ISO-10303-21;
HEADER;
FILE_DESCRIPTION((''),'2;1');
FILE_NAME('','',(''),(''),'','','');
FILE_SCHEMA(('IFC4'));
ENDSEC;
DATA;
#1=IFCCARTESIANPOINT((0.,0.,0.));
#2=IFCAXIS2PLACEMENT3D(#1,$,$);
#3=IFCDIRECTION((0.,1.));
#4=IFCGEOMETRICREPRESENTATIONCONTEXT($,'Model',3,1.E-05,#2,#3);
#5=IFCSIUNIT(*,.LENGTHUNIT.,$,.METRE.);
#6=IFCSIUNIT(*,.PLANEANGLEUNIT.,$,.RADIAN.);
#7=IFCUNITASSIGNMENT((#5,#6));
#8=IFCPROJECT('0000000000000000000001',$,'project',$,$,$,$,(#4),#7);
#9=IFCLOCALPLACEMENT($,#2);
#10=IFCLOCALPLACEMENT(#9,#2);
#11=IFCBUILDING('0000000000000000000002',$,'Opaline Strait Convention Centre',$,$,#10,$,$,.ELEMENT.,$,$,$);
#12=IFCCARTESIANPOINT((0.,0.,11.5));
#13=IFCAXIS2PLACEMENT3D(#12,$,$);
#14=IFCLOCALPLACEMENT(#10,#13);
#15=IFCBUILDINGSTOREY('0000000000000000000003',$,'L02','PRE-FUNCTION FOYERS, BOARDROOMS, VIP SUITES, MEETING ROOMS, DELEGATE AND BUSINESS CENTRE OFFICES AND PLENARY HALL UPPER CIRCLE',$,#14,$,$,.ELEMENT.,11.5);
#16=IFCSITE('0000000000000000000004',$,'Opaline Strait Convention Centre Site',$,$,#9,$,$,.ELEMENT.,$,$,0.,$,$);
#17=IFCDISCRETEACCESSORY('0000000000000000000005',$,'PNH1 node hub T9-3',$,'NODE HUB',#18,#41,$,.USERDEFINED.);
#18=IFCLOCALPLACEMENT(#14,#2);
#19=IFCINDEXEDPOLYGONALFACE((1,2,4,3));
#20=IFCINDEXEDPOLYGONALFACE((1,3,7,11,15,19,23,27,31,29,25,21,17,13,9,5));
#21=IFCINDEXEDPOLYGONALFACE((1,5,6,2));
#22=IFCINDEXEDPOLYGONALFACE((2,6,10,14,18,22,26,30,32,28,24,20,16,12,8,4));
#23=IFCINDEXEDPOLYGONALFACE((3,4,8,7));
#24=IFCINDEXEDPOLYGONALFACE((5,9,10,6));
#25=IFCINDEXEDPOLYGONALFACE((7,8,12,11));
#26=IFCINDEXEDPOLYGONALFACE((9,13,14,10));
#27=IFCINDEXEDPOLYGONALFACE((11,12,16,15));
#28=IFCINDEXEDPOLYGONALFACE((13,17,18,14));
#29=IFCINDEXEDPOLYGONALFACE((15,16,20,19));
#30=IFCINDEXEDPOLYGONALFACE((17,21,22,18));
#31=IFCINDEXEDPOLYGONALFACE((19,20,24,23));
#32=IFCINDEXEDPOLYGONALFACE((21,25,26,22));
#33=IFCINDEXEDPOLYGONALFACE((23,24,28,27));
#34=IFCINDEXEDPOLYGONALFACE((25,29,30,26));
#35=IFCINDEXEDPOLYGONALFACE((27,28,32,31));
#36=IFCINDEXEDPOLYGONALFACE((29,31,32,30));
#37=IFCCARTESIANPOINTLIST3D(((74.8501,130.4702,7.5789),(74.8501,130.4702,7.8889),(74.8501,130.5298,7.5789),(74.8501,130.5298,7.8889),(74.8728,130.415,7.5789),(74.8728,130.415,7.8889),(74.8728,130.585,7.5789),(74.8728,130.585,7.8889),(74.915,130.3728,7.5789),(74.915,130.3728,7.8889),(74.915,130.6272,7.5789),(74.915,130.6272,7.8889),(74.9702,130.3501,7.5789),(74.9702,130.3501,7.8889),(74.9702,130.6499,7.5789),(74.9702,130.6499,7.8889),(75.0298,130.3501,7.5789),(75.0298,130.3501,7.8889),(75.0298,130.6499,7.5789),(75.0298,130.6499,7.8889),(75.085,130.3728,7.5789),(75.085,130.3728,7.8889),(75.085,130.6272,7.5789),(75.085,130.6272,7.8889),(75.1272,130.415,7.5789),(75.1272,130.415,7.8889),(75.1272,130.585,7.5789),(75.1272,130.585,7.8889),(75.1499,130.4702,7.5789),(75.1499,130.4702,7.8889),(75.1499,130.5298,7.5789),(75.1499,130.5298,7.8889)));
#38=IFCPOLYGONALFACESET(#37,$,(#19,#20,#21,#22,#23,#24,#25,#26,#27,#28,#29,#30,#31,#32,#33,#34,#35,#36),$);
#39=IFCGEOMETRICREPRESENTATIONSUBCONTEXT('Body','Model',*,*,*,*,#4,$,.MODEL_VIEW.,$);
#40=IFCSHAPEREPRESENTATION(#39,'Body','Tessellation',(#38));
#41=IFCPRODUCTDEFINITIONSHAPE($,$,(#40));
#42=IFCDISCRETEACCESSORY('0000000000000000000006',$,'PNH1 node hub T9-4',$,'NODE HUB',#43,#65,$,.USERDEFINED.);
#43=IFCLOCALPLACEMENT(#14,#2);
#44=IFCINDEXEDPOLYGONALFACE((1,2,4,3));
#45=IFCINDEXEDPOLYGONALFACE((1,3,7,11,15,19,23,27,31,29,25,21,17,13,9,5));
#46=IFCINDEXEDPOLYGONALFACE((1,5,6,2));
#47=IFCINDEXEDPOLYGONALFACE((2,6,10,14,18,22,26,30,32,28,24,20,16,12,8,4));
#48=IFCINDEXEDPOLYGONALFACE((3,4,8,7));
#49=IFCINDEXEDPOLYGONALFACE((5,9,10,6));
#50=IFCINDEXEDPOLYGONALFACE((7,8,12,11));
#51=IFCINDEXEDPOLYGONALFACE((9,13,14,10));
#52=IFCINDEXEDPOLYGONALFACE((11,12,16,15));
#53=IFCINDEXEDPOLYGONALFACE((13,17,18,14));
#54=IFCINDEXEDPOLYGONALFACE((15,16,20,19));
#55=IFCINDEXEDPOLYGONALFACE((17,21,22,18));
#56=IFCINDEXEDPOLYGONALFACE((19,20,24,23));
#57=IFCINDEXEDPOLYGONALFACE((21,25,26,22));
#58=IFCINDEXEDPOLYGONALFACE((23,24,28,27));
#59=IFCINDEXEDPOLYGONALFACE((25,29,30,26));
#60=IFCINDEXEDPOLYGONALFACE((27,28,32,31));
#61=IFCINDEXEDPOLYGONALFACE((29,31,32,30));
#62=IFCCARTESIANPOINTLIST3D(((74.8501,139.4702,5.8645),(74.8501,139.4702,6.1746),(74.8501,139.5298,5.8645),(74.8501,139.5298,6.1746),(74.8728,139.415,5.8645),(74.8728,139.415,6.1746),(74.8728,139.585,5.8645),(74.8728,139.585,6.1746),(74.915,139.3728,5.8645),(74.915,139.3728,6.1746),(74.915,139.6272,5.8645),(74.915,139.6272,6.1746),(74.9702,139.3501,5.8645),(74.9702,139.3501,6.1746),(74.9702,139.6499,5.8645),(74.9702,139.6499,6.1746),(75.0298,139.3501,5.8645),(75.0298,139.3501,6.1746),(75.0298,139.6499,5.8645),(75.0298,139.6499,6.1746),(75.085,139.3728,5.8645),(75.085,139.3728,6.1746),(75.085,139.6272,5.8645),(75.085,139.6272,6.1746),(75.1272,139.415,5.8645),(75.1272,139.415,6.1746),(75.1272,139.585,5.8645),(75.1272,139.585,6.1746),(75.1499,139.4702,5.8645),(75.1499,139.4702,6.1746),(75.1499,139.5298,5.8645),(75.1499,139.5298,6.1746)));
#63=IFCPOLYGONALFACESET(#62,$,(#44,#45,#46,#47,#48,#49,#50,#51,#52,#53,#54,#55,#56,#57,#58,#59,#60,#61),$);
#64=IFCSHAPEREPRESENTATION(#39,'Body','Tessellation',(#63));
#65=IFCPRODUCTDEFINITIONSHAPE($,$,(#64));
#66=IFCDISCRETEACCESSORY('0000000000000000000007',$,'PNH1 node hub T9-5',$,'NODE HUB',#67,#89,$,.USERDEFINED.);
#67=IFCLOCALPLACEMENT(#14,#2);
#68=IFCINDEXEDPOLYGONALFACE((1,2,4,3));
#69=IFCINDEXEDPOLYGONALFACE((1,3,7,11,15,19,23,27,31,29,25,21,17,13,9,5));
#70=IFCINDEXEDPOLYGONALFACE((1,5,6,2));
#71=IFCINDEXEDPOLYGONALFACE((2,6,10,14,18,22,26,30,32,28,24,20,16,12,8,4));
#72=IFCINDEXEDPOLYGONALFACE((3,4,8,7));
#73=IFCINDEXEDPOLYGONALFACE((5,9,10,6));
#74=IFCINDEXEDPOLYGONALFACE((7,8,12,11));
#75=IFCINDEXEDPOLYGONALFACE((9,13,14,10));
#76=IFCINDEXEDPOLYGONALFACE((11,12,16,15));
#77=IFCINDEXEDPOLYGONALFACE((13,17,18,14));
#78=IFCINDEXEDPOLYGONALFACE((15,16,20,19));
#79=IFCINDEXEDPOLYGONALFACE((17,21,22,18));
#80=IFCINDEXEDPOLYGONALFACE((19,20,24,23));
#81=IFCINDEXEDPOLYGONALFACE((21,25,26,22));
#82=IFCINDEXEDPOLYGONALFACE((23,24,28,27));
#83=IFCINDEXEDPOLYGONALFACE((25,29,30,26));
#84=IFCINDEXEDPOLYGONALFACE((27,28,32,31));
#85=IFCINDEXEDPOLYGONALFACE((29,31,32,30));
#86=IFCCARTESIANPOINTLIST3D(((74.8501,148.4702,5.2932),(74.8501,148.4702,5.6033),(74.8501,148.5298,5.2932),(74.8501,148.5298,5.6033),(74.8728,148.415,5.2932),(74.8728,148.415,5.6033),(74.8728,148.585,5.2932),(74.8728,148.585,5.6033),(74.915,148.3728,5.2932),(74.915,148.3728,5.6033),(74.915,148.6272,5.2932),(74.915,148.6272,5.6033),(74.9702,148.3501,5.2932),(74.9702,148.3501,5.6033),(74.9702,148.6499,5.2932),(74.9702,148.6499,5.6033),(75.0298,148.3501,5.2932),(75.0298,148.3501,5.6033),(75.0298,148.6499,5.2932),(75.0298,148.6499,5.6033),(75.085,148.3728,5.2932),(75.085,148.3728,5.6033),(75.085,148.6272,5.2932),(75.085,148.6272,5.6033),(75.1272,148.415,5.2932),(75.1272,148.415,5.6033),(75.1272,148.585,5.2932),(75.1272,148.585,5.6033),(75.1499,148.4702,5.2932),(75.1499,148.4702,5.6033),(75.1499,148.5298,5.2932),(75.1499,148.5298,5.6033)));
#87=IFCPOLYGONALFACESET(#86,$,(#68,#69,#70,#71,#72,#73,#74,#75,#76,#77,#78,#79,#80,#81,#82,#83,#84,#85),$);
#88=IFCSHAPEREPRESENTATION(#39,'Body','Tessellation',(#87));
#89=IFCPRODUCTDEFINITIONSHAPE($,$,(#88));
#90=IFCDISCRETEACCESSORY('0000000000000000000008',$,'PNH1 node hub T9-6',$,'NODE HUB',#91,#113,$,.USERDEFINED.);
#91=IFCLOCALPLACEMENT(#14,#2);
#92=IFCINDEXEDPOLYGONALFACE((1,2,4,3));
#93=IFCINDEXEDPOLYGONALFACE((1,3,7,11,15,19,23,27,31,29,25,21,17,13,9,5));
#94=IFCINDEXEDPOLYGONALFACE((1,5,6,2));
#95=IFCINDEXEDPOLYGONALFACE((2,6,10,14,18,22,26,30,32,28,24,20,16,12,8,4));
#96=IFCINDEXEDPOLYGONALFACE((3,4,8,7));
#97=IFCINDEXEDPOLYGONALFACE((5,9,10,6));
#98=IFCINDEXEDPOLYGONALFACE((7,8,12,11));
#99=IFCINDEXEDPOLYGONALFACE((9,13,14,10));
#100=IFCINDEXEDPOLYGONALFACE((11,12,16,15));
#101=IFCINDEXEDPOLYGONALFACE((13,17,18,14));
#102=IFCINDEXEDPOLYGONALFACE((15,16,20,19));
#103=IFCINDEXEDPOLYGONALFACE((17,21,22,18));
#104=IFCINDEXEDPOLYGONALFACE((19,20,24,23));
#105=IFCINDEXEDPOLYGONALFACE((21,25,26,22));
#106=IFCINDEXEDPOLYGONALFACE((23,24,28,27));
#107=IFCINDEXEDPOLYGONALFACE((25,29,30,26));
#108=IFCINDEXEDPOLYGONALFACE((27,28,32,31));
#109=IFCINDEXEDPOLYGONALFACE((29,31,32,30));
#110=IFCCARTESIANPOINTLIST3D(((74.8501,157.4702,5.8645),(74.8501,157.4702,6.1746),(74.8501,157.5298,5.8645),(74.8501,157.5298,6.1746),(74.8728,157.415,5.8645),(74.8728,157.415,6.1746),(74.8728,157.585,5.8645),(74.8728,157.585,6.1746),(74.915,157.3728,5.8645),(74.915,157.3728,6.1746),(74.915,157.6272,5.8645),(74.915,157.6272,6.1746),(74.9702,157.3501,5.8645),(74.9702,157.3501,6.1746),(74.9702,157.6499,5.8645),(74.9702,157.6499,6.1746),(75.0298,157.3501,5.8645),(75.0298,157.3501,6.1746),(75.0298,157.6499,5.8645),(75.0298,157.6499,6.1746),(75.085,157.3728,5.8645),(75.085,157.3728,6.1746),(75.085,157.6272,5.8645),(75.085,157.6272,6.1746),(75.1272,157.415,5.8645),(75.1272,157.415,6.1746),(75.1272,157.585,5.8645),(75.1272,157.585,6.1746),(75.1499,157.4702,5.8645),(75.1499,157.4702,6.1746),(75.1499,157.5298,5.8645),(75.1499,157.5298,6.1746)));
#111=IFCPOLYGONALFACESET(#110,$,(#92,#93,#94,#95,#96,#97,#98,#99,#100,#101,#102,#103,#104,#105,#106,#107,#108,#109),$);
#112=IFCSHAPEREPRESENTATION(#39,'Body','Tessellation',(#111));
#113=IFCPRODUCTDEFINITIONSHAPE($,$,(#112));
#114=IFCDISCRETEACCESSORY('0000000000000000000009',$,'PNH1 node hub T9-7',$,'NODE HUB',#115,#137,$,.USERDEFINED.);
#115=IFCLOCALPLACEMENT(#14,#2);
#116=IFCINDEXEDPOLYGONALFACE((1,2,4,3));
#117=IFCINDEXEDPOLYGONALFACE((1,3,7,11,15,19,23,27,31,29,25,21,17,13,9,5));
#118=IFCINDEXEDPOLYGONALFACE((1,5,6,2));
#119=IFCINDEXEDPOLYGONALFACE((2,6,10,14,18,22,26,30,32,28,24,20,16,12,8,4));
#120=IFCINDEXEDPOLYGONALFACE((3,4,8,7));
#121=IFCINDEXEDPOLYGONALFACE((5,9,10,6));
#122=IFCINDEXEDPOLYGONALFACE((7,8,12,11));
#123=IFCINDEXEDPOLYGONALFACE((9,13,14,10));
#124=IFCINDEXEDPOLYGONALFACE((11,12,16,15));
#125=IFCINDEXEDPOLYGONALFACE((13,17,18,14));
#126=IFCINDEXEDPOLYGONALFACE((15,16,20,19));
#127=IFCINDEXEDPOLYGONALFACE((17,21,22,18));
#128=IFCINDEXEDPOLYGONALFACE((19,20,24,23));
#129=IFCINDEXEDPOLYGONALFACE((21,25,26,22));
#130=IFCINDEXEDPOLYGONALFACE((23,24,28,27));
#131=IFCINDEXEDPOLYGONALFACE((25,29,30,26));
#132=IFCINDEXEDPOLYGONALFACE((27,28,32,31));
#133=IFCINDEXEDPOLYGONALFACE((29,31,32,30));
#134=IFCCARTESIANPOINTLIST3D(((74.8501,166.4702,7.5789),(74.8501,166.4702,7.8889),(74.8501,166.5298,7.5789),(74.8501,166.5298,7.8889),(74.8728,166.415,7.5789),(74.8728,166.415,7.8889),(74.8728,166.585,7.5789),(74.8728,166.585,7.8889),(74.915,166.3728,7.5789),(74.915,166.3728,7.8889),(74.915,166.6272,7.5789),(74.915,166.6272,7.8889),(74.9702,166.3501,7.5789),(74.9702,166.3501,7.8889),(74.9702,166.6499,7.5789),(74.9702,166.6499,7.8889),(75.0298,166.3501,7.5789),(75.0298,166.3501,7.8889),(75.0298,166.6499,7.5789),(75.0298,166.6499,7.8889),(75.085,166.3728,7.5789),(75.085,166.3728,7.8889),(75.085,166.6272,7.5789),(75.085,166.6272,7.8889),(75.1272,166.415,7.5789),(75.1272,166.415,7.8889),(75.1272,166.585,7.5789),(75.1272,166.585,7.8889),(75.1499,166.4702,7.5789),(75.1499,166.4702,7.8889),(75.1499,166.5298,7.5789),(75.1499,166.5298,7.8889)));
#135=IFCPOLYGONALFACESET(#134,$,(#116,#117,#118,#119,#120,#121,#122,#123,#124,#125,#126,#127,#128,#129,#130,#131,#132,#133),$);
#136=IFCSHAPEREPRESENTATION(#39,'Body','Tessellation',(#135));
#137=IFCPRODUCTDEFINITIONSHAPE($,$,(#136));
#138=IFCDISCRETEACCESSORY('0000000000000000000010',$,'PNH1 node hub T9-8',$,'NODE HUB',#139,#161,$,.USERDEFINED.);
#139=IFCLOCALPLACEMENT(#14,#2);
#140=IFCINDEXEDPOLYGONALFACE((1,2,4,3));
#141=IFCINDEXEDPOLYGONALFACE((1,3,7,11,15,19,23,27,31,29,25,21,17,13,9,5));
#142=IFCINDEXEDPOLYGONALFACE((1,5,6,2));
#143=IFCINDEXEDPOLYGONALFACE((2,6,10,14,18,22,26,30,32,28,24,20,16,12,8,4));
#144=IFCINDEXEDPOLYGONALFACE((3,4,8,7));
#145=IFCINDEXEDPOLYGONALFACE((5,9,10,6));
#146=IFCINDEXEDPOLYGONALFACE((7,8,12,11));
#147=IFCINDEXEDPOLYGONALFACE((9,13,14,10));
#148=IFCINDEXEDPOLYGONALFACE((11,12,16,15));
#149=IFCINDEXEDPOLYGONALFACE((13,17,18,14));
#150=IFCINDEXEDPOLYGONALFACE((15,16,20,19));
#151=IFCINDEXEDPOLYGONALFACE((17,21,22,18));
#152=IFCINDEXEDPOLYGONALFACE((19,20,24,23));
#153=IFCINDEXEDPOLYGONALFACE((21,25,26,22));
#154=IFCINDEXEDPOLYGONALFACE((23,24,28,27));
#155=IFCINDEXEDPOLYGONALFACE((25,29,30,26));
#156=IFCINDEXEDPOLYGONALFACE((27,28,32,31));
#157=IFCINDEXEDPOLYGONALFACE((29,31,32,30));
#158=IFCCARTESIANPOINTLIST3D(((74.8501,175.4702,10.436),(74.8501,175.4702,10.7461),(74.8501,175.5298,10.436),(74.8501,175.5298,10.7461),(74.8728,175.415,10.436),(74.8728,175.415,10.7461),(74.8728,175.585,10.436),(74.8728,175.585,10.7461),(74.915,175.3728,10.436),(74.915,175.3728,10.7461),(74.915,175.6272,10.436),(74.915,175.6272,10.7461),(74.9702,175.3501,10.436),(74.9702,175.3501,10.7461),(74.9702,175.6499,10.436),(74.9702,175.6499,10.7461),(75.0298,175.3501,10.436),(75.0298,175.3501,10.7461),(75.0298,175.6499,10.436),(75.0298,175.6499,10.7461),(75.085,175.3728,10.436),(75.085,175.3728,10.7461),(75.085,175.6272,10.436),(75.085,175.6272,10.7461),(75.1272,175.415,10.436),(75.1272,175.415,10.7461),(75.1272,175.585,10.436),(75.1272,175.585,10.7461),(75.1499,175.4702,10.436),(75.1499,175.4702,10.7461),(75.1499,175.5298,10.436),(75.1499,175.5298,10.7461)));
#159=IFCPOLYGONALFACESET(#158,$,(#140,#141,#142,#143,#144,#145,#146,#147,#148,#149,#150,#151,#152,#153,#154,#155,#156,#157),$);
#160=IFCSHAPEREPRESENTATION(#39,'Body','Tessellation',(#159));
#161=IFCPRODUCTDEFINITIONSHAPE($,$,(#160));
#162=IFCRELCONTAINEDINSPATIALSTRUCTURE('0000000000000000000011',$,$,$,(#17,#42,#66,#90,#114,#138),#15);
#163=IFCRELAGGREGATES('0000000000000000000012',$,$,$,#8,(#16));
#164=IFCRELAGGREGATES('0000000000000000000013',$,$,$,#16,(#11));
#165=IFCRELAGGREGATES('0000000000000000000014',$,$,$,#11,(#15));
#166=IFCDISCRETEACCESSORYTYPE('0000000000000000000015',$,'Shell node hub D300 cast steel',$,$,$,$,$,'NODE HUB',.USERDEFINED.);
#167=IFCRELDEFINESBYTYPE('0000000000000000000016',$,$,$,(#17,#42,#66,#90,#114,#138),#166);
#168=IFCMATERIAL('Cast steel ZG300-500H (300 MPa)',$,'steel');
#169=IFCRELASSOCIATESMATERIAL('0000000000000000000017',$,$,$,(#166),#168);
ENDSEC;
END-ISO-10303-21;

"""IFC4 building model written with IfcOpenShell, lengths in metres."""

from ifc_helpers import new_model, si_unit, direction, frame, origin, place, context, subcontext, project, spatial, polyline, outline, extrude, material, type_object, element, save


model = new_model("IFC4")

# Units and contexts
model_context = context("Model", 3, precision=1e-05, world=origin(), true_north=direction((0.0, 1.0)))
body_context = subcontext(model_context, "Body", "Model", "MODEL_VIEW")
ifc_project = project(units=[si_unit("LENGTHUNIT", "METRE"), si_unit("PLANEANGLEUNIT", "RADIAN")], contexts=[model_context])

# Site, building, storey
site_placement = place(None, origin())
site = spatial("IfcSite", under=ifc_project, at=site_placement, Name="Opaline Strait Convention Centre Site", CompositionType="ELEMENT", RefElevation=0.0)
building_placement = place(site_placement, origin())
building = spatial("IfcBuilding", under=site, at=building_placement, Name="Opaline Strait Convention Centre", CompositionType="ELEMENT")
storey_placement = place(building_placement, frame((0.0, 0.0, 11.5)))
storey = spatial("IfcBuildingStorey", under=building, at=storey_placement, Name="L02", Description="PRE-FUNCTION FOYERS, BOARDROOMS, VIP SUITES, MEETING ROOMS, DELEGATE AND BUSINESS CENTRE OFFICES AND PLENARY HALL UPPER CIRCLE", CompositionType="ELEMENT", Elevation=11.5)

# Discrete accessories
ifc_material_1 = material(Name="Cast steel ZG300-500H (300 MPa)", Category="steel")
discrete_accessory_type = type_object("IfcDiscreteAccessoryType", Name="Shell node hub D300 cast steel", ElementType="NODE HUB", PredefinedType="USERDEFINED", material=ifc_material_1)
discrete_accessory_1_placement = place(storey_placement, frame((0.0, 0.0, 7.5789)))
element("IfcDiscreteAccessory", 1, at=discrete_accessory_1_placement, inside=storey, type_object=discrete_accessory_type, Name="PNH1 node hub T9-3", ObjectType="NODE HUB", PredefinedType="USERDEFINED", context=body_context, shape_type="SweptSolid", body=[
    extrude(outline(polyline([(75.1499, 130.5298), (75.1272, 130.585), (75.085, 130.6272), (75.0298, 130.6499), (74.9702, 130.6499), (74.915, 130.6272), (74.8728, 130.585), (74.8501, 130.5298), (74.8501, 130.4702), (74.8728, 130.415), (74.915, 130.3728), (74.9702, 130.3501), (75.0298, 130.3501), (75.085, 130.3728), (75.1272, 130.415), (75.1499, 130.4702), (75.1499, 130.5298)])), origin(), (0.0, 0.0, 1.0), 0.3101),
])
discrete_accessory_2_placement = place(storey_placement, frame((0.0, 0.0, 5.8645)))
element("IfcDiscreteAccessory", 2, at=discrete_accessory_2_placement, inside=storey, type_object=discrete_accessory_type, Name="PNH1 node hub T9-4", ObjectType="NODE HUB", PredefinedType="USERDEFINED", context=body_context, shape_type="SweptSolid", body=[
    extrude(outline(polyline([(75.1499, 139.5298), (75.1272, 139.585), (75.085, 139.6272), (75.0298, 139.6499), (74.9702, 139.6499), (74.915, 139.6272), (74.8728, 139.585), (74.8501, 139.5298), (74.8501, 139.4702), (74.8728, 139.415), (74.915, 139.3728), (74.9702, 139.3501), (75.0298, 139.3501), (75.085, 139.3728), (75.1272, 139.415), (75.1499, 139.4702), (75.1499, 139.5298)])), origin(), (0.0, 0.0, 1.0), 0.3101),
])
discrete_accessory_3_placement = place(storey_placement, frame((0.0, 0.0, 5.2932)))
element("IfcDiscreteAccessory", 3, at=discrete_accessory_3_placement, inside=storey, type_object=discrete_accessory_type, Name="PNH1 node hub T9-5", ObjectType="NODE HUB", PredefinedType="USERDEFINED", context=body_context, shape_type="SweptSolid", body=[
    extrude(outline(polyline([(75.1499, 148.5298), (75.1272, 148.585), (75.085, 148.6272), (75.0298, 148.6499), (74.9702, 148.6499), (74.915, 148.6272), (74.8728, 148.585), (74.8501, 148.5298), (74.8501, 148.4702), (74.8728, 148.415), (74.915, 148.3728), (74.9702, 148.3501), (75.0298, 148.3501), (75.085, 148.3728), (75.1272, 148.415), (75.1499, 148.4702), (75.1499, 148.5298)])), origin(), (0.0, 0.0, 1.0), 0.3101),
])
discrete_accessory_4_placement = place(storey_placement, frame((0.0, 0.0, 5.8645)))
element("IfcDiscreteAccessory", 4, at=discrete_accessory_4_placement, inside=storey, type_object=discrete_accessory_type, Name="PNH1 node hub T9-6", ObjectType="NODE HUB", PredefinedType="USERDEFINED", context=body_context, shape_type="SweptSolid", body=[
    extrude(outline(polyline([(75.1499, 157.5298), (75.1272, 157.585), (75.085, 157.6272), (75.0298, 157.6499), (74.9702, 157.6499), (74.915, 157.6272), (74.8728, 157.585), (74.8501, 157.5298), (74.8501, 157.4702), (74.8728, 157.415), (74.915, 157.3728), (74.9702, 157.3501), (75.0298, 157.3501), (75.085, 157.3728), (75.1272, 157.415), (75.1499, 157.4702), (75.1499, 157.5298)])), origin(), (0.0, 0.0, 1.0), 0.3101),
])
discrete_accessory_5_placement = place(storey_placement, frame((0.0, 0.0, 7.5789)))
element("IfcDiscreteAccessory", 5, at=discrete_accessory_5_placement, inside=storey, type_object=discrete_accessory_type, Name="PNH1 node hub T9-7", ObjectType="NODE HUB", PredefinedType="USERDEFINED", context=body_context, shape_type="SweptSolid", body=[
    extrude(outline(polyline([(75.1499, 166.5298), (75.1272, 166.585), (75.085, 166.6272), (75.0298, 166.6499), (74.9702, 166.6499), (74.915, 166.6272), (74.8728, 166.585), (74.8501, 166.5298), (74.8501, 166.4702), (74.8728, 166.415), (74.915, 166.3728), (74.9702, 166.3501), (75.0298, 166.3501), (75.085, 166.3728), (75.1272, 166.415), (75.1499, 166.4702), (75.1499, 166.5298)])), origin(), (0.0, 0.0, 1.0), 0.3101),
])
discrete_accessory_6_placement = place(storey_placement, frame((0.0, 0.0, 10.436)))
element("IfcDiscreteAccessory", 6, at=discrete_accessory_6_placement, inside=storey, type_object=discrete_accessory_type, Name="PNH1 node hub T9-8", ObjectType="NODE HUB", PredefinedType="USERDEFINED", context=body_context, shape_type="SweptSolid", body=[
    extrude(outline(polyline([(75.1499, 175.5298), (75.1272, 175.585), (75.085, 175.6272), (75.0298, 175.6499), (74.9702, 175.6499), (74.915, 175.6272), (74.8728, 175.585), (74.8501, 175.5298), (74.8501, 175.4702), (74.8728, 175.415), (74.915, 175.3728), (74.9702, 175.3501), (75.0298, 175.3501), (75.085, 175.3728), (75.1272, 175.415), (75.1499, 175.4702), (75.1499, 175.5298)])), origin(), (0.0, 0.0, 1.0), 0.3101),
])

save(model, "model.ifc")
